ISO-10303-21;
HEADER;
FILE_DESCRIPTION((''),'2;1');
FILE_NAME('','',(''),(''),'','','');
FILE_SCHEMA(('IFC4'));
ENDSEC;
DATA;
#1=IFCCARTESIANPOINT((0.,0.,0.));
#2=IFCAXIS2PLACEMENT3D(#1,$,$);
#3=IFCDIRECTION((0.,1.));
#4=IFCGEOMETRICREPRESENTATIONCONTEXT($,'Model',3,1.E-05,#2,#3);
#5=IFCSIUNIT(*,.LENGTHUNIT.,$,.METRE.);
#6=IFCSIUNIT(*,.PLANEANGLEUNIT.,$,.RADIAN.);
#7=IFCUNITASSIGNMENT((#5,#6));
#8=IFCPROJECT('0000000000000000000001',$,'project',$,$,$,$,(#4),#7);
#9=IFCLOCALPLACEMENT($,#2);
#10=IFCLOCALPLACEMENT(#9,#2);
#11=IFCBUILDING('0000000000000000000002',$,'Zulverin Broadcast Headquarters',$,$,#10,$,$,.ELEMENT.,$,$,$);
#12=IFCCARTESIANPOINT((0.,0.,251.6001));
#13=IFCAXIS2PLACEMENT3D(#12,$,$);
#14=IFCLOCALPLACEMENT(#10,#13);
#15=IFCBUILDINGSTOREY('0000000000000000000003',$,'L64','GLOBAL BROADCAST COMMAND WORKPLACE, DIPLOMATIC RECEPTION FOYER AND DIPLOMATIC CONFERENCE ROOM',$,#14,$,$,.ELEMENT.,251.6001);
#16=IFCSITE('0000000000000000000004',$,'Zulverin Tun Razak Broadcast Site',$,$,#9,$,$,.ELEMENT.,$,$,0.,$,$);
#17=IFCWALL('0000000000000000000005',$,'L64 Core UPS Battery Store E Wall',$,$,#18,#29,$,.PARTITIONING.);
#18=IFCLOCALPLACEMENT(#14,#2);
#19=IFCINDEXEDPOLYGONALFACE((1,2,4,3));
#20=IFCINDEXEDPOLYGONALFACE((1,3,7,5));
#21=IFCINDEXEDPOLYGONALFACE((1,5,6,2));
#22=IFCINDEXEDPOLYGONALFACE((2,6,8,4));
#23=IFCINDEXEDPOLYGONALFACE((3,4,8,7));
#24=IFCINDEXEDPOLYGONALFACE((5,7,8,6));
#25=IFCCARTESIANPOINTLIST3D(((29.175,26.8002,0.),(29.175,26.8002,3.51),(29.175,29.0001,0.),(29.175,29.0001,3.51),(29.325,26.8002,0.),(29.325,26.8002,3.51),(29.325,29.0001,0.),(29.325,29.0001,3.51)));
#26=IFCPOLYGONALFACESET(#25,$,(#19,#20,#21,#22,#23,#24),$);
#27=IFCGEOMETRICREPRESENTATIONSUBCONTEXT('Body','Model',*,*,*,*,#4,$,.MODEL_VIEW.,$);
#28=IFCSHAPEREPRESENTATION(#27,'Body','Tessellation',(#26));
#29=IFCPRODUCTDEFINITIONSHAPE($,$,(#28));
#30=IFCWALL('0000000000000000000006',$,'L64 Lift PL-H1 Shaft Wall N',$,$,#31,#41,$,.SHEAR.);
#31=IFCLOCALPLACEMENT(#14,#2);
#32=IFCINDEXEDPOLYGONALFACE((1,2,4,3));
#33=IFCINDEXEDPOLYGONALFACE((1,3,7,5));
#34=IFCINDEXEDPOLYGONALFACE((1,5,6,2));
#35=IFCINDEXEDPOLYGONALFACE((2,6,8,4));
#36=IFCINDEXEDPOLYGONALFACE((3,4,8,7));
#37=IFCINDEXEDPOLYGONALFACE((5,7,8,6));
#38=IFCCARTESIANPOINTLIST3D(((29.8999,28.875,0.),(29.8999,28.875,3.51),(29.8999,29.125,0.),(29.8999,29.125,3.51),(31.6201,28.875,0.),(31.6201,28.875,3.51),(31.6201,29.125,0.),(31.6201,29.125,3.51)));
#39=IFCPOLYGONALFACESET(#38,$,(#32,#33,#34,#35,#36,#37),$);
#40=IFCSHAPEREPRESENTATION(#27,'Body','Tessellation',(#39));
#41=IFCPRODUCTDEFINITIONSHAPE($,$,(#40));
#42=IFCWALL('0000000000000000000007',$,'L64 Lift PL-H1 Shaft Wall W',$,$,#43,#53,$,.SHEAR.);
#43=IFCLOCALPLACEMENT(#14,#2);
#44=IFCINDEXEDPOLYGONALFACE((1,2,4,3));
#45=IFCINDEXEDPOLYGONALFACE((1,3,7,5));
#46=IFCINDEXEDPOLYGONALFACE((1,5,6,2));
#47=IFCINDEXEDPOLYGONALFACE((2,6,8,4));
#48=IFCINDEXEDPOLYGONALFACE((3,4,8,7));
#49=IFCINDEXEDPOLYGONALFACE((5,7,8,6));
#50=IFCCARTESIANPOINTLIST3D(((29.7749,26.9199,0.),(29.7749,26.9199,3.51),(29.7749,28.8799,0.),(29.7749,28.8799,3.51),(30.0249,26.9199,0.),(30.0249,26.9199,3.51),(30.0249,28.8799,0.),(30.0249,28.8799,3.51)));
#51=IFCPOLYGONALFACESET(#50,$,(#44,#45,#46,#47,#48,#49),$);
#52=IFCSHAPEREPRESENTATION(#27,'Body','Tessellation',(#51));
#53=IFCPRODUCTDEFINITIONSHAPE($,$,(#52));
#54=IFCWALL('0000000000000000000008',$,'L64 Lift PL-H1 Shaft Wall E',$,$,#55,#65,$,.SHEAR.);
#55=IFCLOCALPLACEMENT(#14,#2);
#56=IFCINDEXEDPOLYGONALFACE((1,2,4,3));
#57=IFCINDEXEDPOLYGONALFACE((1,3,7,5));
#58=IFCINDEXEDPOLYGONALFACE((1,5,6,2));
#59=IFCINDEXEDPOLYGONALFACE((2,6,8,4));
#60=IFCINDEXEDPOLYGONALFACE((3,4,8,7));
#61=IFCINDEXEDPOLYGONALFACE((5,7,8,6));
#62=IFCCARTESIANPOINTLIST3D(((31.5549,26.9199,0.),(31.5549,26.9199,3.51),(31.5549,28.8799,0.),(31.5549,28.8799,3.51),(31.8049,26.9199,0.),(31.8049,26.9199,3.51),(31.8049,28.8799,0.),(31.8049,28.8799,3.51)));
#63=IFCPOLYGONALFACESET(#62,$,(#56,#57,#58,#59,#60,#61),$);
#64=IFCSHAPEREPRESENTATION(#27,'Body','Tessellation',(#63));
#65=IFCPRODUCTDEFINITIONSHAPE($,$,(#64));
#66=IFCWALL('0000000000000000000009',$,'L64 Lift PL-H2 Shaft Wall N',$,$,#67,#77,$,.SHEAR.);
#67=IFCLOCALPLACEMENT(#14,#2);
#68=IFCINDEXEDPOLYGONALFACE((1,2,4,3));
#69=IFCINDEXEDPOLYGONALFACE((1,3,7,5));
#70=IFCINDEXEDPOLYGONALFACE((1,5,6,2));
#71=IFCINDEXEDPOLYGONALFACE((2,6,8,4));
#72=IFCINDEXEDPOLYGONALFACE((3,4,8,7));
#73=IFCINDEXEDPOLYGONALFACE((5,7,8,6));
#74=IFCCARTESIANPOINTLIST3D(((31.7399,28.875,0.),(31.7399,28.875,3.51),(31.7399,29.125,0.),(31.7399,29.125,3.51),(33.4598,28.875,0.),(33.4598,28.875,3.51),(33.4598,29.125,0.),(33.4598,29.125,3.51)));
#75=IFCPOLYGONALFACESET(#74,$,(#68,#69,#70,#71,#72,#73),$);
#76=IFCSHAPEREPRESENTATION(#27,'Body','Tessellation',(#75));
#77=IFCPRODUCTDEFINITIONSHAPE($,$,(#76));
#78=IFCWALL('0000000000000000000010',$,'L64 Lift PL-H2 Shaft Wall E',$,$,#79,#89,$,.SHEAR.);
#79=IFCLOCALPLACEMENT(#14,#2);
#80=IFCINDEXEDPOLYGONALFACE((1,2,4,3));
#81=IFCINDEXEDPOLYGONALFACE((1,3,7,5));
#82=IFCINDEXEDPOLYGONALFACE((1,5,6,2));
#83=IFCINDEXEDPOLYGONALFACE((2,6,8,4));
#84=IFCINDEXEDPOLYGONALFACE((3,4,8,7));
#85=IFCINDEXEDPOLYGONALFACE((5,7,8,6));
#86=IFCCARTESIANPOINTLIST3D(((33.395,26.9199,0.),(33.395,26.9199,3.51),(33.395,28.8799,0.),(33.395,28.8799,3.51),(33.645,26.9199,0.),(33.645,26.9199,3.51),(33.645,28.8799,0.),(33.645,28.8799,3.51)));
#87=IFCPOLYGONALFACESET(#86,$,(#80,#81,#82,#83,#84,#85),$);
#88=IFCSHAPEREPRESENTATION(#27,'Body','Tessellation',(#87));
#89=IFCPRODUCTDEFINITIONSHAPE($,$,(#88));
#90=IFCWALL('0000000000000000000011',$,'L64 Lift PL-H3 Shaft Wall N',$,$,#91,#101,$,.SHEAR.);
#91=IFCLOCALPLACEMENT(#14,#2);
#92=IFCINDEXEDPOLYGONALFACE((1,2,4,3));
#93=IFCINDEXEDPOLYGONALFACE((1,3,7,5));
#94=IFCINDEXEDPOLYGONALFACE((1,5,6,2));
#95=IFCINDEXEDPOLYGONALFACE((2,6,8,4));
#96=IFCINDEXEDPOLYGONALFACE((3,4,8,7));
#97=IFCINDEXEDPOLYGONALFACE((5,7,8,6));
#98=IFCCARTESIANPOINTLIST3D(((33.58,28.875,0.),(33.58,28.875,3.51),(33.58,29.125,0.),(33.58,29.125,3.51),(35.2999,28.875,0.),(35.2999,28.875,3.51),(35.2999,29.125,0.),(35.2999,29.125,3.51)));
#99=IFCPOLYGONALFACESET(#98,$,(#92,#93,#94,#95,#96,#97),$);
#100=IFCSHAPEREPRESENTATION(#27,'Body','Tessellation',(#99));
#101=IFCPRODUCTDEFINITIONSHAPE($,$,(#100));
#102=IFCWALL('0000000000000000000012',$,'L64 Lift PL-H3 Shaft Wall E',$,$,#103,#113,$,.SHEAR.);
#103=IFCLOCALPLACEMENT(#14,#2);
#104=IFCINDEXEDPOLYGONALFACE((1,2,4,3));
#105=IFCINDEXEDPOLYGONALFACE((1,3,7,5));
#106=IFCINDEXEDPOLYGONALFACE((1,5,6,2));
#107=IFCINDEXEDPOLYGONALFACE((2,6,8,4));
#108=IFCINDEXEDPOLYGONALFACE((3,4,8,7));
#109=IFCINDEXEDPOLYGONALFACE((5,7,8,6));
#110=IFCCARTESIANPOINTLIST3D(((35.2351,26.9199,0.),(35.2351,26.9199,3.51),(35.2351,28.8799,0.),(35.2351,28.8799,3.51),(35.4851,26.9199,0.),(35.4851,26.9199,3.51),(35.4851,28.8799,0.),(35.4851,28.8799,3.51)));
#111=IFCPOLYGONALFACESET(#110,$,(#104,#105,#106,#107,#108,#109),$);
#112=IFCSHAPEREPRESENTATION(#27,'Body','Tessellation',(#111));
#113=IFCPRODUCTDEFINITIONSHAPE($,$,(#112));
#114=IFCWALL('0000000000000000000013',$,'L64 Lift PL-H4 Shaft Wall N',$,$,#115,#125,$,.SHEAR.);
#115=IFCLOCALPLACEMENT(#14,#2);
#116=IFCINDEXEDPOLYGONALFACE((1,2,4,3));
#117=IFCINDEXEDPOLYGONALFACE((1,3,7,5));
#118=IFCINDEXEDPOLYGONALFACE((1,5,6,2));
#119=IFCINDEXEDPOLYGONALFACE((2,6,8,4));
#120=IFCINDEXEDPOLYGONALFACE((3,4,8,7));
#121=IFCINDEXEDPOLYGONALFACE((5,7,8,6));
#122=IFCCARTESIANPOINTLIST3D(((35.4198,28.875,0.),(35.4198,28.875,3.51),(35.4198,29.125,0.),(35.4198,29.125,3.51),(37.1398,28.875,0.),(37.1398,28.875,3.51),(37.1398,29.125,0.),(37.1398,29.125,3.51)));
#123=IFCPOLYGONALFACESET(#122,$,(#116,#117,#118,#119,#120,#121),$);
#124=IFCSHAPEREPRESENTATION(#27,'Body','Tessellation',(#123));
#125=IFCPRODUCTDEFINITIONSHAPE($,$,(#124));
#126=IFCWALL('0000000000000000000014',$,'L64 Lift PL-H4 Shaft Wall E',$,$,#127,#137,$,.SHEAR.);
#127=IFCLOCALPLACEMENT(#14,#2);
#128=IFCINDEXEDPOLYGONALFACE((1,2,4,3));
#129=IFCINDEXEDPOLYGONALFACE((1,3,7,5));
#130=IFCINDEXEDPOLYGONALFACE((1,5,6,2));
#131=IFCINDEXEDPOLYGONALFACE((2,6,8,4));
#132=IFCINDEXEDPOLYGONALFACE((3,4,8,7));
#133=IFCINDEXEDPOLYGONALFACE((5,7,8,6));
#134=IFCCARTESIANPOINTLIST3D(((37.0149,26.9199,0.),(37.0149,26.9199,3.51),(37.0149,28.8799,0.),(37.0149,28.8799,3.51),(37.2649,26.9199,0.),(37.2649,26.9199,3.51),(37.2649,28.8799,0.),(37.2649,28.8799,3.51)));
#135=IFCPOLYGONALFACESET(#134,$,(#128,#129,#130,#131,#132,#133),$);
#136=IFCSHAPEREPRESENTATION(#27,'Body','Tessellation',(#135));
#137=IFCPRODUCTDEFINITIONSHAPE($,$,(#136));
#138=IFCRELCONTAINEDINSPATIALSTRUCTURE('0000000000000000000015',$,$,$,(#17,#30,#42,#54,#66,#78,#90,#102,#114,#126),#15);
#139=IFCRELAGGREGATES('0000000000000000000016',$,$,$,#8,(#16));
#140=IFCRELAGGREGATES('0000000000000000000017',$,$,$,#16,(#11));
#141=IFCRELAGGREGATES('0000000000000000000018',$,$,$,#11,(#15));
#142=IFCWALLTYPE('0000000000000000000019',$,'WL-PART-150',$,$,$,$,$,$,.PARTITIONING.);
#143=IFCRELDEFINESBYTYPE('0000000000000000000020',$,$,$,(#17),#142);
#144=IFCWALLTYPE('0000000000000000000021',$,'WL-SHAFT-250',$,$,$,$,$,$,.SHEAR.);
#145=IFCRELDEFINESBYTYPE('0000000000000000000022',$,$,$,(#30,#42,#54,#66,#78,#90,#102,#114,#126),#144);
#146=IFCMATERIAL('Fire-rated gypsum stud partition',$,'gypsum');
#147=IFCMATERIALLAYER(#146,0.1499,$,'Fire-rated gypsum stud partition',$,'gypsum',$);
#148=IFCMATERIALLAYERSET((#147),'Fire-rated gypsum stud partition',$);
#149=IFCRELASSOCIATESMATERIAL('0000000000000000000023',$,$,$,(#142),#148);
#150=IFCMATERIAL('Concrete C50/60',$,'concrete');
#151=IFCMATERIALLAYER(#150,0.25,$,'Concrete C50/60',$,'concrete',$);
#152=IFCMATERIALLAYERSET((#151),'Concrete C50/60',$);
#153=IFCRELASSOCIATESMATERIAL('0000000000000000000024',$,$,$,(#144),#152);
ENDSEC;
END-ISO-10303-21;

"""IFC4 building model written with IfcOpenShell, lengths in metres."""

from ifc_helpers import new_model, si_unit, direction, frame, frame_2d, origin, place, context, subcontext, project, spatial, rectangle, extrude, material, layer, layer_set, type_object, element, save


model = new_model("IFC4")

# Units and contexts
model_context = context("Model", 3, precision=1e-05, world=origin(), true_north=direction((0.0, 1.0)))
body_context = subcontext(model_context, "Body", "Model", "MODEL_VIEW")
ifc_project = project(units=[si_unit("LENGTHUNIT", "METRE"), si_unit("PLANEANGLEUNIT", "RADIAN")], contexts=[model_context])

# Site, building, storey
site_placement = place(None, origin())
site = spatial("IfcSite", under=ifc_project, at=site_placement, Name="Zulverin Tun Razak Broadcast Site", CompositionType="ELEMENT", RefElevation=0.0)
building_placement = place(site_placement, origin())
building = spatial("IfcBuilding", under=site, at=building_placement, Name="Zulverin Broadcast Headquarters", CompositionType="ELEMENT")
storey_placement = place(building_placement, frame((0.0, 0.0, 251.6001)))
storey = spatial("IfcBuildingStorey", under=building, at=storey_placement, Name="L64", Description="GLOBAL BROADCAST COMMAND WORKPLACE, DIPLOMATIC RECEPTION FOYER AND DIPLOMATIC CONFERENCE ROOM", CompositionType="ELEMENT", Elevation=251.6001)

# Wall
ifc_material_1 = material(Name="Fire-rated gypsum stud partition", Category="gypsum")
ifc_layer_1 = layer(ifc_material_1, 0.1499, Name="Fire-rated gypsum stud partition", Category="gypsum")
ifc_layer_set_1 = layer_set([ifc_layer_1], Name="Fire-rated gypsum stud partition")
wall_type_1 = type_object("IfcWallType", Name="WL-PART-150", PredefinedType="PARTITIONING", material=ifc_layer_set_1)
wall_1_placement = place(storey_placement, frame((29.25, 26.8, 0.0), z_axis=(0.0, 0.0, 1.0), x_axis=(0.0, 1.0, 0.0)))
element("IfcWall", 1, at=wall_1_placement, inside=storey, type_object=wall_type_1, Name="L64 Core UPS Battery Store E Wall", PredefinedType="PARTITIONING", context=body_context, shape_type="SweptSolid", body=[
    extrude(rectangle(XDim=2.2, YDim=0.1499, at=frame_2d((1.1001, 0.0))), origin(), (0.0, 0.0, 1.0), 3.51),
])

# Shared definitions
ifc_material_2 = material(Name="Concrete C50/60", Category="concrete")
ifc_layer_2 = layer(ifc_material_2, 0.25, Name="Concrete C50/60", Category="concrete")
ifc_layer_set_2 = layer_set([ifc_layer_2], Name="Concrete C50/60")
wall_type_2 = type_object("IfcWallType", Name="WL-SHAFT-250", PredefinedType="SHEAR", material=ifc_layer_set_2)

# Walls
wall_2_placement = place(storey_placement, frame((29.8999, 29.0, 0.0), z_axis=(0.0, 0.0, 1.0), x_axis=(1.0, 0.0, 0.0)))
element("IfcWall", 2, at=wall_2_placement, inside=storey, type_object=wall_type_2, Name="L64 Lift PL-H1 Shaft Wall N", PredefinedType="SHEAR", context=body_context, shape_type="SweptSolid", body=[
    extrude(rectangle(XDim=1.7202, YDim=0.25, at=frame_2d((0.8601, 0.0))), origin(), (0.0, 0.0, 1.0), 3.51),
])
for number, where, z_axis, x_axis, name in (
    (3, (29.8999, 26.9199, 0.0), (0.0, 0.0, 1.0), (0.0, 1.0, 0.0), "L64 Lift PL-H1 Shaft Wall W"),
    (4, (31.6799, 26.9199, 0.0), (0.0, 0.0, 1.0), (0.0, 1.0, 0.0), "L64 Lift PL-H1 Shaft Wall E"),
):
    element("IfcWall", number, at=place(storey_placement, frame(where, z_axis=z_axis, x_axis=x_axis)), inside=storey, type_object=wall_type_2, Name=name, PredefinedType="SHEAR", context=body_context, shape_type="SweptSolid", body=[
        extrude(rectangle(XDim=1.96, YDim=0.25, at=frame_2d((0.98, 0.0))), origin(), (0.0, 0.0, 1.0), 3.51),
    ])

# Walls
wall_3_placement = place(storey_placement, frame((31.74, 29.0, 0.0), z_axis=(0.0, 0.0, 1.0), x_axis=(1.0, 0.0, 0.0)))
element("IfcWall", 5, at=wall_3_placement, inside=storey, type_object=wall_type_2, Name="L64 Lift PL-H2 Shaft Wall N", PredefinedType="SHEAR", context=body_context, shape_type="SweptSolid", body=[
    extrude(rectangle(XDim=1.72, YDim=0.25, at=frame_2d((0.8599, 0.0))), origin(), (0.0, 0.0, 1.0), 3.51),
])
wall_4_placement = place(storey_placement, frame((33.52, 26.9199, 0.0), z_axis=(0.0, 0.0, 1.0), x_axis=(0.0, 1.0, 0.0)))
element("IfcWall", 6, at=wall_4_placement, inside=storey, type_object=wall_type_2, Name="L64 Lift PL-H2 Shaft Wall E", PredefinedType="SHEAR", context=body_context, shape_type="SweptSolid", body=[
    extrude(rectangle(XDim=1.96, YDim=0.25, at=frame_2d((0.98, 0.0))), origin(), (0.0, 0.0, 1.0), 3.51),
])

# Walls
wall_5_placement = place(storey_placement, frame((33.5801, 29.0, 0.0), z_axis=(0.0, 0.0, 1.0), x_axis=(1.0, 0.0, 0.0)))
element("IfcWall", 7, at=wall_5_placement, inside=storey, type_object=wall_type_2, Name="L64 Lift PL-H3 Shaft Wall N", PredefinedType="SHEAR", context=body_context, shape_type="SweptSolid", body=[
    extrude(rectangle(XDim=1.72, YDim=0.25, at=frame_2d((0.8599, 0.0))), origin(), (0.0, 0.0, 1.0), 3.51),
])
wall_6_placement = place(storey_placement, frame((35.3601, 26.9199, 0.0), z_axis=(0.0, 0.0, 1.0), x_axis=(0.0, 1.0, 0.0)))
element("IfcWall", 8, at=wall_6_placement, inside=storey, type_object=wall_type_2, Name="L64 Lift PL-H3 Shaft Wall E", PredefinedType="SHEAR", context=body_context, shape_type="SweptSolid", body=[
    extrude(rectangle(XDim=1.96, YDim=0.25, at=frame_2d((0.98, 0.0))), origin(), (0.0, 0.0, 1.0), 3.51),
])

# Walls
wall_7_placement = place(storey_placement, frame((35.4199, 29.0, 0.0), z_axis=(0.0, 0.0, 1.0), x_axis=(1.0, 0.0, 0.0)))
element("IfcWall", 9, at=wall_7_placement, inside=storey, type_object=wall_type_2, Name="L64 Lift PL-H4 Shaft Wall N", PredefinedType="SHEAR", context=body_context, shape_type="SweptSolid", body=[
    extrude(rectangle(XDim=1.72, YDim=0.25, at=frame_2d((0.8599, 0.0))), origin(), (0.0, 0.0, 1.0), 3.51),
])
wall_8_placement = place(storey_placement, frame((37.1399, 26.9199, 0.0), z_axis=(0.0, 0.0, 1.0), x_axis=(0.0, 1.0, 0.0)))
element("IfcWall", 10, at=wall_8_placement, inside=storey, type_object=wall_type_2, Name="L64 Lift PL-H4 Shaft Wall E", PredefinedType="SHEAR", context=body_context, shape_type="SweptSolid", body=[
    extrude(rectangle(XDim=1.96, YDim=0.25, at=frame_2d((0.98, 0.0))), origin(), (0.0, 0.0, 1.0), 3.51),
])

save(model, "model.ifc")
